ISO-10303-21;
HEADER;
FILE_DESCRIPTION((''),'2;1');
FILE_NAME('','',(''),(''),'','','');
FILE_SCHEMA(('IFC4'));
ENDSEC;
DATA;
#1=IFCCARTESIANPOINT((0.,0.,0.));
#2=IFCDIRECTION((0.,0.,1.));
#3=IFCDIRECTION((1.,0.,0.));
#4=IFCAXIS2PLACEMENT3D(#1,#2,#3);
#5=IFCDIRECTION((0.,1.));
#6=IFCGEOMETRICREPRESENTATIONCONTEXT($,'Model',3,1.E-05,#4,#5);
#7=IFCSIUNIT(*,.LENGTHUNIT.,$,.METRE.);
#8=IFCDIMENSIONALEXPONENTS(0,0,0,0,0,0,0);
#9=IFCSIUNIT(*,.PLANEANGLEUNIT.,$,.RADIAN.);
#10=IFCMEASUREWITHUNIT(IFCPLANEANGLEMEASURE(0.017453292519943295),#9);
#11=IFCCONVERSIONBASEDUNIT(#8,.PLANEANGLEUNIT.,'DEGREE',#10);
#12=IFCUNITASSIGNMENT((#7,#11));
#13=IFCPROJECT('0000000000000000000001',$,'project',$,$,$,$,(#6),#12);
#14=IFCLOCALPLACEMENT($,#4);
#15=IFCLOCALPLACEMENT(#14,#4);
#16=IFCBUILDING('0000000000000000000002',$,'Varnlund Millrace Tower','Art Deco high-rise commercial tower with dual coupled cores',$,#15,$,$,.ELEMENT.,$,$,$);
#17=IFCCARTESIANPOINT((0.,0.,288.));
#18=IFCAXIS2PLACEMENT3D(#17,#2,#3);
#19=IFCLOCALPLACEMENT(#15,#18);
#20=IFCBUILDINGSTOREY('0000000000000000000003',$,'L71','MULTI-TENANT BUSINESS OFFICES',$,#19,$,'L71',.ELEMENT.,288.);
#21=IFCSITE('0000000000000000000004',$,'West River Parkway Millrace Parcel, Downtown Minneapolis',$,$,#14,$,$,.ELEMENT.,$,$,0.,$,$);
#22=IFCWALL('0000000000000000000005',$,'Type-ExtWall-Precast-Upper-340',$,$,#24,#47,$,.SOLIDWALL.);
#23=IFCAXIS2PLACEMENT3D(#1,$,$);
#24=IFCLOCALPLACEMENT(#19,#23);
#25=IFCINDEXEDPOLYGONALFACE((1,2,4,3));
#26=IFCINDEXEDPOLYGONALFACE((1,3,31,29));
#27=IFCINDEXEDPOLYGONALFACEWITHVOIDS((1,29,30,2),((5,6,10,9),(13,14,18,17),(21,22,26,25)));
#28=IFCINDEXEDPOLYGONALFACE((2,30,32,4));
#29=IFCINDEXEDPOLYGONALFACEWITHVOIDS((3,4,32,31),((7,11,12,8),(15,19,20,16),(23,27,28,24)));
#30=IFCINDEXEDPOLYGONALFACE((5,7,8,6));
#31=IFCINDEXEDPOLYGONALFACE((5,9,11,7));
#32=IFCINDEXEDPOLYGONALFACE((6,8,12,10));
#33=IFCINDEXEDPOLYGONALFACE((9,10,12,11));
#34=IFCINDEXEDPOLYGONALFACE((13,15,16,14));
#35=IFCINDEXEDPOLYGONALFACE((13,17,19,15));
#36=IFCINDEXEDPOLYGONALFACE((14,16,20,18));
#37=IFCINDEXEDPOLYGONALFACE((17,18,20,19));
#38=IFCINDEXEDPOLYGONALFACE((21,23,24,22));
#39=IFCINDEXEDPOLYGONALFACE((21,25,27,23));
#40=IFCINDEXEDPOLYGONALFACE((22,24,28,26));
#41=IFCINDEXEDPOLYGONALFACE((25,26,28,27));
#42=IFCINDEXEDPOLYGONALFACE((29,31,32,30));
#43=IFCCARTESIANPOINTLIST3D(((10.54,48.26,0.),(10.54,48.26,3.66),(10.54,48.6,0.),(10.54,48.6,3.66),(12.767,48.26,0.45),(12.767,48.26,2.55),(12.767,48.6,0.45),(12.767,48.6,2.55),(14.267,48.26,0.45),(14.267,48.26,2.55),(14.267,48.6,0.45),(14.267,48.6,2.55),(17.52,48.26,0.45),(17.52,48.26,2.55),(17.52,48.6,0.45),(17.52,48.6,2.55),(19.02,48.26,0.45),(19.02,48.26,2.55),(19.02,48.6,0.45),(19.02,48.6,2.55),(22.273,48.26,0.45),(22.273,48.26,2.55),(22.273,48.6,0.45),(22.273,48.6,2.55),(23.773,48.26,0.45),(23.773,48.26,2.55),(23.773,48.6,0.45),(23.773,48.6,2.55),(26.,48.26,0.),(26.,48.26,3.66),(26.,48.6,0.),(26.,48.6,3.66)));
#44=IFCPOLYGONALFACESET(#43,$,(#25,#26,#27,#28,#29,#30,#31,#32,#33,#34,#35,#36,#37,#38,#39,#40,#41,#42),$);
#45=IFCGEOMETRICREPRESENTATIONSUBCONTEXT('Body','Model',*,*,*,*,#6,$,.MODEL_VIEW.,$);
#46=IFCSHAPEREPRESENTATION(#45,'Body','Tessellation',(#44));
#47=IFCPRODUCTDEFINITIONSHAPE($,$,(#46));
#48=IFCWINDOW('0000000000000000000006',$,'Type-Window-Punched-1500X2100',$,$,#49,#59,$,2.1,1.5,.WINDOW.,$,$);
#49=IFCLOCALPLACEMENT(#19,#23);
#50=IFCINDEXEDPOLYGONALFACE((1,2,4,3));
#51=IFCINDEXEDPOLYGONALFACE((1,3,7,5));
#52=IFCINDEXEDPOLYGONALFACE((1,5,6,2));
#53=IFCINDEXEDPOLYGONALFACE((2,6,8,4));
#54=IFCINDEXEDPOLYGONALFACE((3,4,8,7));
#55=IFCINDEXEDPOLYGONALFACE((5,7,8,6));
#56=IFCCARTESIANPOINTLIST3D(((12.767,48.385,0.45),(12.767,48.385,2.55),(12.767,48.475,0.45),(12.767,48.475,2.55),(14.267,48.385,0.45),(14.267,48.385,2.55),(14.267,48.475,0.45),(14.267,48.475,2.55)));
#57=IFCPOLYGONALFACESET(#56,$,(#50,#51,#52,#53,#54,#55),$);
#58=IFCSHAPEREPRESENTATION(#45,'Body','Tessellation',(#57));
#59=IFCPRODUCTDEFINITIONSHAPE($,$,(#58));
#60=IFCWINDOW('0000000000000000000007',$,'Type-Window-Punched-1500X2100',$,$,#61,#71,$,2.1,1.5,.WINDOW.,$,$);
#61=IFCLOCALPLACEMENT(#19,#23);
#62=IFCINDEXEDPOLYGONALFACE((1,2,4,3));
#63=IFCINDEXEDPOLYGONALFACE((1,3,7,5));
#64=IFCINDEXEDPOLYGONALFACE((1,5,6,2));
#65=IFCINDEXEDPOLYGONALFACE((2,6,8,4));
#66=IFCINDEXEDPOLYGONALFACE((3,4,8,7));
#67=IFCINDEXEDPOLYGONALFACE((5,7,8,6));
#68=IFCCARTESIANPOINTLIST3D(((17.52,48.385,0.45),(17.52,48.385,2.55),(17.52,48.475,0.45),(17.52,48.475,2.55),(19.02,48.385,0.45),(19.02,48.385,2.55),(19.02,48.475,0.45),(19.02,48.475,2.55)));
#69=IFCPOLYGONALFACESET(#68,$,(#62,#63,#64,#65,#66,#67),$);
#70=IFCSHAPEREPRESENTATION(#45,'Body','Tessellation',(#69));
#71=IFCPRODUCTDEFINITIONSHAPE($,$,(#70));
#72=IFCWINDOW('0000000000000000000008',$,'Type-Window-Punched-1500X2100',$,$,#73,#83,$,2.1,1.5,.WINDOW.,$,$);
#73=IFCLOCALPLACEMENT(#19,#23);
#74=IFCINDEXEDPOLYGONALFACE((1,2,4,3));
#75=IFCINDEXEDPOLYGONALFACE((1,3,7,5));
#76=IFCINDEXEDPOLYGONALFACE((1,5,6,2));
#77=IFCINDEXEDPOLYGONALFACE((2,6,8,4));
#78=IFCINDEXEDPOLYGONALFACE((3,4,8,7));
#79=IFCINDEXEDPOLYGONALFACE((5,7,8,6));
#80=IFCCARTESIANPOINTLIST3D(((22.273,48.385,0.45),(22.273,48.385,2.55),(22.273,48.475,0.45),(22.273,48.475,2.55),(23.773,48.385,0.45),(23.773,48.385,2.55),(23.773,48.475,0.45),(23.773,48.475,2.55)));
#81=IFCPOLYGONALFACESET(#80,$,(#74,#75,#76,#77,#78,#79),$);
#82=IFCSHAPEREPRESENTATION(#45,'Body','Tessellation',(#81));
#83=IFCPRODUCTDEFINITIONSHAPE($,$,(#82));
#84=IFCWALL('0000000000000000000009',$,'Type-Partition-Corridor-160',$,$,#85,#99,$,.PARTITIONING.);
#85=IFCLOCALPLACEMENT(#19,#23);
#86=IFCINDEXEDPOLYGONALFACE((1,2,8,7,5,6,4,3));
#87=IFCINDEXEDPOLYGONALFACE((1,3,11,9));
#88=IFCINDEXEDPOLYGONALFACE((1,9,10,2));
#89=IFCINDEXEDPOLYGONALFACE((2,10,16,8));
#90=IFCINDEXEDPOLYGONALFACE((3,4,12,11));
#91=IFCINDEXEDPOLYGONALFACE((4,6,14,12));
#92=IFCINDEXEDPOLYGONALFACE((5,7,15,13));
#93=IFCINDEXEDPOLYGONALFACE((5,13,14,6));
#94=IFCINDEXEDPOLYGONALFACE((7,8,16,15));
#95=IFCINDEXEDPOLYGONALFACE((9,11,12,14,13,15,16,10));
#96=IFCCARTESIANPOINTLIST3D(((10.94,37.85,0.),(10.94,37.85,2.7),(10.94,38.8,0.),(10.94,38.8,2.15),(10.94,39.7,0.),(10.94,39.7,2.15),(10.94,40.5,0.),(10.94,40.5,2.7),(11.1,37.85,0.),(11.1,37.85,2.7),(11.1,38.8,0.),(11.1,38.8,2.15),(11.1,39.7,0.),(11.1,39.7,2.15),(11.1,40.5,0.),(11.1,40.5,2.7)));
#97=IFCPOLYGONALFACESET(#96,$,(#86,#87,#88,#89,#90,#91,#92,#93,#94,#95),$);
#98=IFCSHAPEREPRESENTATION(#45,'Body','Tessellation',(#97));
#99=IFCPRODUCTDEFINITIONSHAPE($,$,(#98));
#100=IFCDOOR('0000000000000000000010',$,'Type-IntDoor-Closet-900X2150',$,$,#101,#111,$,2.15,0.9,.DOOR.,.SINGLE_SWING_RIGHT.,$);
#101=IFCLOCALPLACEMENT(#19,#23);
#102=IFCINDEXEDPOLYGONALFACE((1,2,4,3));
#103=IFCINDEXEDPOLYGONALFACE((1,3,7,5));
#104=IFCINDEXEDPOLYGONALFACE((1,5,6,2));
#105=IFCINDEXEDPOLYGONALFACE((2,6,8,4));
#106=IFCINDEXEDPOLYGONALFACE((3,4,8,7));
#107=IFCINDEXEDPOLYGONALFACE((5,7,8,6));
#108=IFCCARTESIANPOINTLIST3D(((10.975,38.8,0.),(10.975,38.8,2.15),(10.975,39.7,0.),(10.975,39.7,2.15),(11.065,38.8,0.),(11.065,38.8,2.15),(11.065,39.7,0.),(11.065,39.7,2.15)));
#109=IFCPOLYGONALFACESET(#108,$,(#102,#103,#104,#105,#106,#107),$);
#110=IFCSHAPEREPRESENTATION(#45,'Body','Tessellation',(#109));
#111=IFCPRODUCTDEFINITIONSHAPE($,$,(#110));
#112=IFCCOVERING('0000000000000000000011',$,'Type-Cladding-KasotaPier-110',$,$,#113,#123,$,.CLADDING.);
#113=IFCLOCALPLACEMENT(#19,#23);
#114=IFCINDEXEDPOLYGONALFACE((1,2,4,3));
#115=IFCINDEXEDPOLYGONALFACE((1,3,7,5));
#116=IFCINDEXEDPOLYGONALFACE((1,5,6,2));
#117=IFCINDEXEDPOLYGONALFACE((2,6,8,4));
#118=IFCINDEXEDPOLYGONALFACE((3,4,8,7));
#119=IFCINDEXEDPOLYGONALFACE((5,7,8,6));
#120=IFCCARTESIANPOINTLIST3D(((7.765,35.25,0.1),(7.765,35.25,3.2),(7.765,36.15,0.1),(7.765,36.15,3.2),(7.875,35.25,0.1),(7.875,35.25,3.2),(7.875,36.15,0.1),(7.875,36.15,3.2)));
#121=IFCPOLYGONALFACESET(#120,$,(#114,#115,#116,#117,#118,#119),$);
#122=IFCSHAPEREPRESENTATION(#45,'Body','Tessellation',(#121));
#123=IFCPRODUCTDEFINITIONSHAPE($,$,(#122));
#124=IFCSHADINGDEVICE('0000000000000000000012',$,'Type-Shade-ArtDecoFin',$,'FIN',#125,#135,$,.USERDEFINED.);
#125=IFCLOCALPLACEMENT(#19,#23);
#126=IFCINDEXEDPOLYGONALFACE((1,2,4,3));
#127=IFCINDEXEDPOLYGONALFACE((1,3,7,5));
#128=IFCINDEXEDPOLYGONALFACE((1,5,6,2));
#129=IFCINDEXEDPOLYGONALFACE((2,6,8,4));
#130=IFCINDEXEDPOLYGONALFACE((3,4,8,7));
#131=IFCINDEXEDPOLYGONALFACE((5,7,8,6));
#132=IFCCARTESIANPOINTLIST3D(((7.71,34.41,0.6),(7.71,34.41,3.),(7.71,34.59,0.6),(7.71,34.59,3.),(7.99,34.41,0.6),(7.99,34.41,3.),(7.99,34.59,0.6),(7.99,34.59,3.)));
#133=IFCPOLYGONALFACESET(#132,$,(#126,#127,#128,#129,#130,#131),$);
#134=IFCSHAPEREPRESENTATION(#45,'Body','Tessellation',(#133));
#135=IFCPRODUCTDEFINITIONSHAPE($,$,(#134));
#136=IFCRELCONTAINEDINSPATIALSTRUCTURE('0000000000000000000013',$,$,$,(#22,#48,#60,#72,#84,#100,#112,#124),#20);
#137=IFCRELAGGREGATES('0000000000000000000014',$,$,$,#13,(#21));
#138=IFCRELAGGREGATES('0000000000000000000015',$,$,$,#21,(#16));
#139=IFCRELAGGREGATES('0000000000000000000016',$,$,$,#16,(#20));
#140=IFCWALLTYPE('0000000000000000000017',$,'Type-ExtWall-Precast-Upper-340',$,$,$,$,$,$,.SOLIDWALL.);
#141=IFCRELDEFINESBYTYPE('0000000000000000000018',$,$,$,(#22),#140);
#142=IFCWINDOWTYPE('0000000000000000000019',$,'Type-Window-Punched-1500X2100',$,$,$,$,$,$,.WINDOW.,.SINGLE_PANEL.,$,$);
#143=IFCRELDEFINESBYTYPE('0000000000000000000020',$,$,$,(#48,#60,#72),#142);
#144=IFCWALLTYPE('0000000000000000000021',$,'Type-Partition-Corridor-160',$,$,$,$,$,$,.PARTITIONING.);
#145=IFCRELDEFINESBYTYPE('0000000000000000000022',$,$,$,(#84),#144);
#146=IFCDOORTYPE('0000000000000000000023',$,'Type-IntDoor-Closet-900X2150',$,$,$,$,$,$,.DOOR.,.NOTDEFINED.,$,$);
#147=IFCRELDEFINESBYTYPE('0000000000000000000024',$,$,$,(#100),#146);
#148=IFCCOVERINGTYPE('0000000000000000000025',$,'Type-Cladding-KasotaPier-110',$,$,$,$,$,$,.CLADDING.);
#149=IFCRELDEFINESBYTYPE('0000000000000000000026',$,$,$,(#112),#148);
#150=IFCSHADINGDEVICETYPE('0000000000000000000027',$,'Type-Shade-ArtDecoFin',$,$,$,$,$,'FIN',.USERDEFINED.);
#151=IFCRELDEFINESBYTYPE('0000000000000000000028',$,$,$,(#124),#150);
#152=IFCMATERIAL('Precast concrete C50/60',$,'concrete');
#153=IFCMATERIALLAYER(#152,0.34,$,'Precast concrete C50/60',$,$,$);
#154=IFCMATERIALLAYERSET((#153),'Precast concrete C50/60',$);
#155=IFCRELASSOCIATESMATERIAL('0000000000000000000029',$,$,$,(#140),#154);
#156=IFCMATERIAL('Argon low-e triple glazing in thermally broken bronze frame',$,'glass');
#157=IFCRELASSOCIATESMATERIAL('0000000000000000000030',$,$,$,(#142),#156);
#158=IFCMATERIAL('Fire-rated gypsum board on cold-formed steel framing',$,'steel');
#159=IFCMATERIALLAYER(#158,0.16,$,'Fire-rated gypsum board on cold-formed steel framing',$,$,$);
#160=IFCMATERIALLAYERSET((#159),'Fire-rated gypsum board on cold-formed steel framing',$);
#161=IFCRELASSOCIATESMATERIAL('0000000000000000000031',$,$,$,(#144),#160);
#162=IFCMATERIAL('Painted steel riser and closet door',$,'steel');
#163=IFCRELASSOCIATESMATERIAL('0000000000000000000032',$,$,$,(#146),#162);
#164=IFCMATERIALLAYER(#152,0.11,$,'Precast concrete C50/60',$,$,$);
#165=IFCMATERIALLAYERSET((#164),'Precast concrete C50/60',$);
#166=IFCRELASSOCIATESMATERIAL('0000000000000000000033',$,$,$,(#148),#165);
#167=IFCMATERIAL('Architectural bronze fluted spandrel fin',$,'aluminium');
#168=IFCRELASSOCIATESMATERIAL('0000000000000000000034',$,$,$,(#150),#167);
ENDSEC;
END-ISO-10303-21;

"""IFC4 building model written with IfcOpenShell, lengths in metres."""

from ifc_helpers import new_model, entity, si_unit, converted_unit, direction, frame, origin_with_axes, origin_2d_with_axis, place, context, subcontext, project, spatial, polyline, rectangle, outline, extrude, material, layer, layer_set, type_object, element, fill, save


model = new_model("IFC4")

# Units and contexts
model_context = context("Model", 3, precision=1e-05, world=origin_with_axes(), true_north=direction((0.0, 1.0)))
body_context = subcontext(model_context, "Body", "Model", "MODEL_VIEW")
ifc_project = project(units=[si_unit("LENGTHUNIT", "METRE"), converted_unit("PLANEANGLEUNIT", "DEGREE", entity("IfcPlaneAngleMeasure", 0.017453292519943295), si_unit("PLANEANGLEUNIT", "RADIAN"), dimensions=[0, 0, 0, 0, 0, 0, 0])], contexts=[model_context])

# Site, building, storey
site_placement = place(None, origin_with_axes())
site = spatial("IfcSite", under=ifc_project, at=site_placement, Name="West River Parkway Millrace Parcel, Downtown Minneapolis", CompositionType="ELEMENT", RefElevation=0.0)
building_placement = place(site_placement, origin_with_axes())
building = spatial("IfcBuilding", under=site, at=building_placement, Name="Varnlund Millrace Tower", Description="Art Deco high-rise commercial tower with dual coupled cores", CompositionType="ELEMENT")
storey_placement = place(building_placement, frame((0.0, 0.0, 288.0), z_axis=(0.0, 0.0, 1.0), x_axis=(1.0, 0.0, 0.0)))
storey = spatial("IfcBuildingStorey", under=building, at=storey_placement, Name="L71", Description="MULTI-TENANT BUSINESS OFFICES", LongName="L71", CompositionType="ELEMENT", Elevation=288.0)

# Shared definitions
ifc_material_1 = material(Name="Precast concrete C50/60", Category="concrete")
ifc_layer_1 = layer(ifc_material_1, 0.34, Name="Precast concrete C50/60")
ifc_layer_set_1 = layer_set([ifc_layer_1], Name="Precast concrete C50/60")
wall_type_1 = type_object("IfcWallType", Name="Type-ExtWall-Precast-Upper-340", PredefinedType="SOLIDWALL", material=ifc_layer_set_1)

# Wall, openings, windows
wall_1_placement = place(storey_placement, frame((10.54, 48.43, 0.0), z_axis=(0.0, 0.0, 1.0), x_axis=(1.0, 0.0, 0.0)))
wall_1 = element("IfcWall", 1, at=wall_1_placement, inside=storey, type_object=wall_type_1, Name="Type-ExtWall-Precast-Upper-340", PredefinedType="SOLIDWALL", context=body_context, shape_type="SweptSolid", body=[
    extrude(outline(polyline([(0.0, -0.17), (15.46, -0.17), (15.46, 0.17), (0.0, 0.17), (0.0, -0.17)])), origin_with_axes(), (0.0, 0.0, 1.0), 3.66),
])
opening_1_placement = place(wall_1_placement, frame((2.977, 0.0, 0.45), z_axis=(0.0, 0.0, 1.0), x_axis=(1.0, 0.0, 0.0)))
opening_1 = element("IfcOpeningElement", 2, at=opening_1_placement, cuts=wall_1, PredefinedType="OPENING", context=body_context, shape_type="SweptSolid", body=[
    extrude(rectangle(XDim=1.5, YDim=0.36, at=origin_2d_with_axis()), origin_with_axes(), (0.0, 0.0, 1.0), 2.1),
])
opening_2_placement = place(wall_1_placement, frame((7.73, 0.0, 0.45), z_axis=(0.0, 0.0, 1.0), x_axis=(1.0, 0.0, 0.0)))
opening_2 = element("IfcOpeningElement", 3, at=opening_2_placement, cuts=wall_1, PredefinedType="OPENING", context=body_context, shape_type="SweptSolid", body=[
    extrude(rectangle(XDim=1.5, YDim=0.36, at=origin_2d_with_axis()), origin_with_axes(), (0.0, 0.0, 1.0), 2.1),
])
opening_3_placement = place(wall_1_placement, frame((12.483, 0.0, 0.45), z_axis=(0.0, 0.0, 1.0), x_axis=(1.0, 0.0, 0.0)))
opening_3 = element("IfcOpeningElement", 4, at=opening_3_placement, cuts=wall_1, PredefinedType="OPENING", context=body_context, shape_type="SweptSolid", body=[
    extrude(rectangle(XDim=1.5, YDim=0.36, at=origin_2d_with_axis()), origin_with_axes(), (0.0, 0.0, 1.0), 2.1),
])
ifc_material_2 = material(Name="Argon low-e triple glazing in thermally broken bronze frame", Category="glass")
window_type = type_object("IfcWindowType", Name="Type-Window-Punched-1500X2100", PartitioningType="SINGLE_PANEL", PredefinedType="WINDOW", material=ifc_material_2)
window_1_placement = place(wall_1_placement, frame((2.977, 0.0, 0.45), z_axis=(0.0, 0.0, 1.0), x_axis=(1.0, 0.0, 0.0)))
window_1 = element("IfcWindow", 5, at=window_1_placement, inside=storey, type_object=window_type, Name="Type-Window-Punched-1500X2100", OverallHeight=2.1, OverallWidth=1.5, PredefinedType="WINDOW", context=body_context, shape_type="SweptSolid", body=[
    extrude(rectangle(XDim=1.5, YDim=0.09, at=origin_2d_with_axis()), origin_with_axes(), (0.0, 0.0, 1.0), 2.1),
])
fill(opening_1, window_1)
window_2_placement = place(wall_1_placement, frame((7.73, 0.0, 0.45), z_axis=(0.0, 0.0, 1.0), x_axis=(1.0, 0.0, 0.0)))
window_2 = element("IfcWindow", 6, at=window_2_placement, inside=storey, type_object=window_type, Name="Type-Window-Punched-1500X2100", OverallHeight=2.1, OverallWidth=1.5, PredefinedType="WINDOW", context=body_context, shape_type="SweptSolid", body=[
    extrude(rectangle(XDim=1.5, YDim=0.09, at=origin_2d_with_axis()), origin_with_axes(), (0.0, 0.0, 1.0), 2.1),
])
fill(opening_2, window_2)
window_3_placement = place(wall_1_placement, frame((12.483, 0.0, 0.45), z_axis=(0.0, 0.0, 1.0), x_axis=(1.0, 0.0, 0.0)))
window_3 = element("IfcWindow", 7, at=window_3_placement, inside=storey, type_object=window_type, Name="Type-Window-Punched-1500X2100", OverallHeight=2.1, OverallWidth=1.5, PredefinedType="WINDOW", context=body_context, shape_type="SweptSolid", body=[
    extrude(rectangle(XDim=1.5, YDim=0.09, at=origin_2d_with_axis()), origin_with_axes(), (0.0, 0.0, 1.0), 2.1),
])
fill(opening_3, window_3)

# Shared definitions
ifc_material_3 = material(Name="Fire-rated gypsum board on cold-formed steel framing", Category="steel")
ifc_layer_2 = layer(ifc_material_3, 0.16, Name="Fire-rated gypsum board on cold-formed steel framing")
ifc_layer_set_2 = layer_set([ifc_layer_2], Name="Fire-rated gypsum board on cold-formed steel framing")
wall_type_2 = type_object("IfcWallType", Name="Type-Partition-Corridor-160", PredefinedType="PARTITIONING", material=ifc_layer_set_2)

# Wall, opening, door
wall_2_placement = place(storey_placement, frame((11.02, 37.85, 0.0), z_axis=(0.0, 0.0, 1.0), x_axis=(0.0, 1.0, 0.0)))
wall_2 = element("IfcWall", 8, at=wall_2_placement, inside=storey, type_object=wall_type_2, Name="Type-Partition-Corridor-160", PredefinedType="PARTITIONING", context=body_context, shape_type="SweptSolid", body=[
    extrude(outline(polyline([(0.0, -0.08), (2.65, -0.08), (2.65, 0.08), (0.0, 0.08), (0.0, -0.08)])), origin_with_axes(), (0.0, 0.0, 1.0), 2.7),
])
opening_4_placement = place(wall_2_placement, frame((1.4, 0.0, 0.0), z_axis=(0.0, 0.0, 1.0), x_axis=(1.0, 0.0, 0.0)))
opening_4 = element("IfcOpeningElement", 9, at=opening_4_placement, cuts=wall_2, PredefinedType="OPENING", context=body_context, shape_type="SweptSolid", body=[
    extrude(rectangle(XDim=0.9, YDim=0.18, at=origin_2d_with_axis()), origin_with_axes(), (0.0, 0.0, 1.0), 2.15),
])
ifc_material_4 = material(Name="Painted steel riser and closet door", Category="steel")
door_type_1 = type_object("IfcDoorType", Name="Type-IntDoor-Closet-900X2150", OperationType="NOTDEFINED", PredefinedType="DOOR", material=ifc_material_4)
door_1_placement = place(wall_2_placement, frame((1.4, 0.0, 0.0), z_axis=(0.0, 0.0, 1.0), x_axis=(1.0, 0.0, 0.0)))
door_1 = element("IfcDoor", 10, at=door_1_placement, inside=storey, type_object=door_type_1, Name="Type-IntDoor-Closet-900X2150", OperationType="SINGLE_SWING_RIGHT", OverallHeight=2.15, OverallWidth=0.9, PredefinedType="DOOR", context=body_context, shape_type="SweptSolid", body=[
    extrude(rectangle(XDim=0.9, YDim=0.09, at=origin_2d_with_axis()), origin_with_axes(), (0.0, 0.0, 1.0), 2.15),
])
fill(opening_4, door_1)

# Covering
ifc_layer_3 = layer(ifc_material_1, 0.11, Name="Precast concrete C50/60")
ifc_layer_set_3 = layer_set([ifc_layer_3], Name="Precast concrete C50/60")
covering_type = type_object("IfcCoveringType", Name="Type-Cladding-KasotaPier-110", PredefinedType="CLADDING", material=ifc_layer_set_3)
covering_placement = place(storey_placement, frame((7.82, 35.7, 0.1), z_axis=(0.0, 0.0, 1.0), x_axis=(1.0, 0.0, 0.0)))
element("IfcCovering", 11, at=covering_placement, inside=storey, type_object=covering_type, Name="Type-Cladding-KasotaPier-110", PredefinedType="CLADDING", context=body_context, shape_type="SweptSolid", body=[
    extrude(rectangle(XDim=0.11, YDim=0.9, at=origin_2d_with_axis()), origin_with_axes(), (0.0, 0.0, 1.0), 3.1),
])

# Shading device
ifc_material_5 = material(Name="Architectural bronze fluted spandrel fin", Category="aluminium")
shading_device_type = type_object("IfcShadingDeviceType", Name="Type-Shade-ArtDecoFin", ElementType="FIN", PredefinedType="USERDEFINED", material=ifc_material_5)
shading_device_placement = place(storey_placement, frame((7.85, 34.5, 0.6), z_axis=(0.0, 0.0, 1.0), x_axis=(1.0, 0.0, 0.0)))
element("IfcShadingDevice", 12, at=shading_device_placement, inside=storey, type_object=shading_device_type, Name="Type-Shade-ArtDecoFin", ObjectType="FIN", PredefinedType="USERDEFINED", context=body_context, shape_type="SweptSolid", body=[
    extrude(rectangle(XDim=0.28, YDim=0.18, at=origin_2d_with_axis()), origin_with_axes(), (0.0, 0.0, 1.0), 2.4),
])

save(model, "model.ifc")
